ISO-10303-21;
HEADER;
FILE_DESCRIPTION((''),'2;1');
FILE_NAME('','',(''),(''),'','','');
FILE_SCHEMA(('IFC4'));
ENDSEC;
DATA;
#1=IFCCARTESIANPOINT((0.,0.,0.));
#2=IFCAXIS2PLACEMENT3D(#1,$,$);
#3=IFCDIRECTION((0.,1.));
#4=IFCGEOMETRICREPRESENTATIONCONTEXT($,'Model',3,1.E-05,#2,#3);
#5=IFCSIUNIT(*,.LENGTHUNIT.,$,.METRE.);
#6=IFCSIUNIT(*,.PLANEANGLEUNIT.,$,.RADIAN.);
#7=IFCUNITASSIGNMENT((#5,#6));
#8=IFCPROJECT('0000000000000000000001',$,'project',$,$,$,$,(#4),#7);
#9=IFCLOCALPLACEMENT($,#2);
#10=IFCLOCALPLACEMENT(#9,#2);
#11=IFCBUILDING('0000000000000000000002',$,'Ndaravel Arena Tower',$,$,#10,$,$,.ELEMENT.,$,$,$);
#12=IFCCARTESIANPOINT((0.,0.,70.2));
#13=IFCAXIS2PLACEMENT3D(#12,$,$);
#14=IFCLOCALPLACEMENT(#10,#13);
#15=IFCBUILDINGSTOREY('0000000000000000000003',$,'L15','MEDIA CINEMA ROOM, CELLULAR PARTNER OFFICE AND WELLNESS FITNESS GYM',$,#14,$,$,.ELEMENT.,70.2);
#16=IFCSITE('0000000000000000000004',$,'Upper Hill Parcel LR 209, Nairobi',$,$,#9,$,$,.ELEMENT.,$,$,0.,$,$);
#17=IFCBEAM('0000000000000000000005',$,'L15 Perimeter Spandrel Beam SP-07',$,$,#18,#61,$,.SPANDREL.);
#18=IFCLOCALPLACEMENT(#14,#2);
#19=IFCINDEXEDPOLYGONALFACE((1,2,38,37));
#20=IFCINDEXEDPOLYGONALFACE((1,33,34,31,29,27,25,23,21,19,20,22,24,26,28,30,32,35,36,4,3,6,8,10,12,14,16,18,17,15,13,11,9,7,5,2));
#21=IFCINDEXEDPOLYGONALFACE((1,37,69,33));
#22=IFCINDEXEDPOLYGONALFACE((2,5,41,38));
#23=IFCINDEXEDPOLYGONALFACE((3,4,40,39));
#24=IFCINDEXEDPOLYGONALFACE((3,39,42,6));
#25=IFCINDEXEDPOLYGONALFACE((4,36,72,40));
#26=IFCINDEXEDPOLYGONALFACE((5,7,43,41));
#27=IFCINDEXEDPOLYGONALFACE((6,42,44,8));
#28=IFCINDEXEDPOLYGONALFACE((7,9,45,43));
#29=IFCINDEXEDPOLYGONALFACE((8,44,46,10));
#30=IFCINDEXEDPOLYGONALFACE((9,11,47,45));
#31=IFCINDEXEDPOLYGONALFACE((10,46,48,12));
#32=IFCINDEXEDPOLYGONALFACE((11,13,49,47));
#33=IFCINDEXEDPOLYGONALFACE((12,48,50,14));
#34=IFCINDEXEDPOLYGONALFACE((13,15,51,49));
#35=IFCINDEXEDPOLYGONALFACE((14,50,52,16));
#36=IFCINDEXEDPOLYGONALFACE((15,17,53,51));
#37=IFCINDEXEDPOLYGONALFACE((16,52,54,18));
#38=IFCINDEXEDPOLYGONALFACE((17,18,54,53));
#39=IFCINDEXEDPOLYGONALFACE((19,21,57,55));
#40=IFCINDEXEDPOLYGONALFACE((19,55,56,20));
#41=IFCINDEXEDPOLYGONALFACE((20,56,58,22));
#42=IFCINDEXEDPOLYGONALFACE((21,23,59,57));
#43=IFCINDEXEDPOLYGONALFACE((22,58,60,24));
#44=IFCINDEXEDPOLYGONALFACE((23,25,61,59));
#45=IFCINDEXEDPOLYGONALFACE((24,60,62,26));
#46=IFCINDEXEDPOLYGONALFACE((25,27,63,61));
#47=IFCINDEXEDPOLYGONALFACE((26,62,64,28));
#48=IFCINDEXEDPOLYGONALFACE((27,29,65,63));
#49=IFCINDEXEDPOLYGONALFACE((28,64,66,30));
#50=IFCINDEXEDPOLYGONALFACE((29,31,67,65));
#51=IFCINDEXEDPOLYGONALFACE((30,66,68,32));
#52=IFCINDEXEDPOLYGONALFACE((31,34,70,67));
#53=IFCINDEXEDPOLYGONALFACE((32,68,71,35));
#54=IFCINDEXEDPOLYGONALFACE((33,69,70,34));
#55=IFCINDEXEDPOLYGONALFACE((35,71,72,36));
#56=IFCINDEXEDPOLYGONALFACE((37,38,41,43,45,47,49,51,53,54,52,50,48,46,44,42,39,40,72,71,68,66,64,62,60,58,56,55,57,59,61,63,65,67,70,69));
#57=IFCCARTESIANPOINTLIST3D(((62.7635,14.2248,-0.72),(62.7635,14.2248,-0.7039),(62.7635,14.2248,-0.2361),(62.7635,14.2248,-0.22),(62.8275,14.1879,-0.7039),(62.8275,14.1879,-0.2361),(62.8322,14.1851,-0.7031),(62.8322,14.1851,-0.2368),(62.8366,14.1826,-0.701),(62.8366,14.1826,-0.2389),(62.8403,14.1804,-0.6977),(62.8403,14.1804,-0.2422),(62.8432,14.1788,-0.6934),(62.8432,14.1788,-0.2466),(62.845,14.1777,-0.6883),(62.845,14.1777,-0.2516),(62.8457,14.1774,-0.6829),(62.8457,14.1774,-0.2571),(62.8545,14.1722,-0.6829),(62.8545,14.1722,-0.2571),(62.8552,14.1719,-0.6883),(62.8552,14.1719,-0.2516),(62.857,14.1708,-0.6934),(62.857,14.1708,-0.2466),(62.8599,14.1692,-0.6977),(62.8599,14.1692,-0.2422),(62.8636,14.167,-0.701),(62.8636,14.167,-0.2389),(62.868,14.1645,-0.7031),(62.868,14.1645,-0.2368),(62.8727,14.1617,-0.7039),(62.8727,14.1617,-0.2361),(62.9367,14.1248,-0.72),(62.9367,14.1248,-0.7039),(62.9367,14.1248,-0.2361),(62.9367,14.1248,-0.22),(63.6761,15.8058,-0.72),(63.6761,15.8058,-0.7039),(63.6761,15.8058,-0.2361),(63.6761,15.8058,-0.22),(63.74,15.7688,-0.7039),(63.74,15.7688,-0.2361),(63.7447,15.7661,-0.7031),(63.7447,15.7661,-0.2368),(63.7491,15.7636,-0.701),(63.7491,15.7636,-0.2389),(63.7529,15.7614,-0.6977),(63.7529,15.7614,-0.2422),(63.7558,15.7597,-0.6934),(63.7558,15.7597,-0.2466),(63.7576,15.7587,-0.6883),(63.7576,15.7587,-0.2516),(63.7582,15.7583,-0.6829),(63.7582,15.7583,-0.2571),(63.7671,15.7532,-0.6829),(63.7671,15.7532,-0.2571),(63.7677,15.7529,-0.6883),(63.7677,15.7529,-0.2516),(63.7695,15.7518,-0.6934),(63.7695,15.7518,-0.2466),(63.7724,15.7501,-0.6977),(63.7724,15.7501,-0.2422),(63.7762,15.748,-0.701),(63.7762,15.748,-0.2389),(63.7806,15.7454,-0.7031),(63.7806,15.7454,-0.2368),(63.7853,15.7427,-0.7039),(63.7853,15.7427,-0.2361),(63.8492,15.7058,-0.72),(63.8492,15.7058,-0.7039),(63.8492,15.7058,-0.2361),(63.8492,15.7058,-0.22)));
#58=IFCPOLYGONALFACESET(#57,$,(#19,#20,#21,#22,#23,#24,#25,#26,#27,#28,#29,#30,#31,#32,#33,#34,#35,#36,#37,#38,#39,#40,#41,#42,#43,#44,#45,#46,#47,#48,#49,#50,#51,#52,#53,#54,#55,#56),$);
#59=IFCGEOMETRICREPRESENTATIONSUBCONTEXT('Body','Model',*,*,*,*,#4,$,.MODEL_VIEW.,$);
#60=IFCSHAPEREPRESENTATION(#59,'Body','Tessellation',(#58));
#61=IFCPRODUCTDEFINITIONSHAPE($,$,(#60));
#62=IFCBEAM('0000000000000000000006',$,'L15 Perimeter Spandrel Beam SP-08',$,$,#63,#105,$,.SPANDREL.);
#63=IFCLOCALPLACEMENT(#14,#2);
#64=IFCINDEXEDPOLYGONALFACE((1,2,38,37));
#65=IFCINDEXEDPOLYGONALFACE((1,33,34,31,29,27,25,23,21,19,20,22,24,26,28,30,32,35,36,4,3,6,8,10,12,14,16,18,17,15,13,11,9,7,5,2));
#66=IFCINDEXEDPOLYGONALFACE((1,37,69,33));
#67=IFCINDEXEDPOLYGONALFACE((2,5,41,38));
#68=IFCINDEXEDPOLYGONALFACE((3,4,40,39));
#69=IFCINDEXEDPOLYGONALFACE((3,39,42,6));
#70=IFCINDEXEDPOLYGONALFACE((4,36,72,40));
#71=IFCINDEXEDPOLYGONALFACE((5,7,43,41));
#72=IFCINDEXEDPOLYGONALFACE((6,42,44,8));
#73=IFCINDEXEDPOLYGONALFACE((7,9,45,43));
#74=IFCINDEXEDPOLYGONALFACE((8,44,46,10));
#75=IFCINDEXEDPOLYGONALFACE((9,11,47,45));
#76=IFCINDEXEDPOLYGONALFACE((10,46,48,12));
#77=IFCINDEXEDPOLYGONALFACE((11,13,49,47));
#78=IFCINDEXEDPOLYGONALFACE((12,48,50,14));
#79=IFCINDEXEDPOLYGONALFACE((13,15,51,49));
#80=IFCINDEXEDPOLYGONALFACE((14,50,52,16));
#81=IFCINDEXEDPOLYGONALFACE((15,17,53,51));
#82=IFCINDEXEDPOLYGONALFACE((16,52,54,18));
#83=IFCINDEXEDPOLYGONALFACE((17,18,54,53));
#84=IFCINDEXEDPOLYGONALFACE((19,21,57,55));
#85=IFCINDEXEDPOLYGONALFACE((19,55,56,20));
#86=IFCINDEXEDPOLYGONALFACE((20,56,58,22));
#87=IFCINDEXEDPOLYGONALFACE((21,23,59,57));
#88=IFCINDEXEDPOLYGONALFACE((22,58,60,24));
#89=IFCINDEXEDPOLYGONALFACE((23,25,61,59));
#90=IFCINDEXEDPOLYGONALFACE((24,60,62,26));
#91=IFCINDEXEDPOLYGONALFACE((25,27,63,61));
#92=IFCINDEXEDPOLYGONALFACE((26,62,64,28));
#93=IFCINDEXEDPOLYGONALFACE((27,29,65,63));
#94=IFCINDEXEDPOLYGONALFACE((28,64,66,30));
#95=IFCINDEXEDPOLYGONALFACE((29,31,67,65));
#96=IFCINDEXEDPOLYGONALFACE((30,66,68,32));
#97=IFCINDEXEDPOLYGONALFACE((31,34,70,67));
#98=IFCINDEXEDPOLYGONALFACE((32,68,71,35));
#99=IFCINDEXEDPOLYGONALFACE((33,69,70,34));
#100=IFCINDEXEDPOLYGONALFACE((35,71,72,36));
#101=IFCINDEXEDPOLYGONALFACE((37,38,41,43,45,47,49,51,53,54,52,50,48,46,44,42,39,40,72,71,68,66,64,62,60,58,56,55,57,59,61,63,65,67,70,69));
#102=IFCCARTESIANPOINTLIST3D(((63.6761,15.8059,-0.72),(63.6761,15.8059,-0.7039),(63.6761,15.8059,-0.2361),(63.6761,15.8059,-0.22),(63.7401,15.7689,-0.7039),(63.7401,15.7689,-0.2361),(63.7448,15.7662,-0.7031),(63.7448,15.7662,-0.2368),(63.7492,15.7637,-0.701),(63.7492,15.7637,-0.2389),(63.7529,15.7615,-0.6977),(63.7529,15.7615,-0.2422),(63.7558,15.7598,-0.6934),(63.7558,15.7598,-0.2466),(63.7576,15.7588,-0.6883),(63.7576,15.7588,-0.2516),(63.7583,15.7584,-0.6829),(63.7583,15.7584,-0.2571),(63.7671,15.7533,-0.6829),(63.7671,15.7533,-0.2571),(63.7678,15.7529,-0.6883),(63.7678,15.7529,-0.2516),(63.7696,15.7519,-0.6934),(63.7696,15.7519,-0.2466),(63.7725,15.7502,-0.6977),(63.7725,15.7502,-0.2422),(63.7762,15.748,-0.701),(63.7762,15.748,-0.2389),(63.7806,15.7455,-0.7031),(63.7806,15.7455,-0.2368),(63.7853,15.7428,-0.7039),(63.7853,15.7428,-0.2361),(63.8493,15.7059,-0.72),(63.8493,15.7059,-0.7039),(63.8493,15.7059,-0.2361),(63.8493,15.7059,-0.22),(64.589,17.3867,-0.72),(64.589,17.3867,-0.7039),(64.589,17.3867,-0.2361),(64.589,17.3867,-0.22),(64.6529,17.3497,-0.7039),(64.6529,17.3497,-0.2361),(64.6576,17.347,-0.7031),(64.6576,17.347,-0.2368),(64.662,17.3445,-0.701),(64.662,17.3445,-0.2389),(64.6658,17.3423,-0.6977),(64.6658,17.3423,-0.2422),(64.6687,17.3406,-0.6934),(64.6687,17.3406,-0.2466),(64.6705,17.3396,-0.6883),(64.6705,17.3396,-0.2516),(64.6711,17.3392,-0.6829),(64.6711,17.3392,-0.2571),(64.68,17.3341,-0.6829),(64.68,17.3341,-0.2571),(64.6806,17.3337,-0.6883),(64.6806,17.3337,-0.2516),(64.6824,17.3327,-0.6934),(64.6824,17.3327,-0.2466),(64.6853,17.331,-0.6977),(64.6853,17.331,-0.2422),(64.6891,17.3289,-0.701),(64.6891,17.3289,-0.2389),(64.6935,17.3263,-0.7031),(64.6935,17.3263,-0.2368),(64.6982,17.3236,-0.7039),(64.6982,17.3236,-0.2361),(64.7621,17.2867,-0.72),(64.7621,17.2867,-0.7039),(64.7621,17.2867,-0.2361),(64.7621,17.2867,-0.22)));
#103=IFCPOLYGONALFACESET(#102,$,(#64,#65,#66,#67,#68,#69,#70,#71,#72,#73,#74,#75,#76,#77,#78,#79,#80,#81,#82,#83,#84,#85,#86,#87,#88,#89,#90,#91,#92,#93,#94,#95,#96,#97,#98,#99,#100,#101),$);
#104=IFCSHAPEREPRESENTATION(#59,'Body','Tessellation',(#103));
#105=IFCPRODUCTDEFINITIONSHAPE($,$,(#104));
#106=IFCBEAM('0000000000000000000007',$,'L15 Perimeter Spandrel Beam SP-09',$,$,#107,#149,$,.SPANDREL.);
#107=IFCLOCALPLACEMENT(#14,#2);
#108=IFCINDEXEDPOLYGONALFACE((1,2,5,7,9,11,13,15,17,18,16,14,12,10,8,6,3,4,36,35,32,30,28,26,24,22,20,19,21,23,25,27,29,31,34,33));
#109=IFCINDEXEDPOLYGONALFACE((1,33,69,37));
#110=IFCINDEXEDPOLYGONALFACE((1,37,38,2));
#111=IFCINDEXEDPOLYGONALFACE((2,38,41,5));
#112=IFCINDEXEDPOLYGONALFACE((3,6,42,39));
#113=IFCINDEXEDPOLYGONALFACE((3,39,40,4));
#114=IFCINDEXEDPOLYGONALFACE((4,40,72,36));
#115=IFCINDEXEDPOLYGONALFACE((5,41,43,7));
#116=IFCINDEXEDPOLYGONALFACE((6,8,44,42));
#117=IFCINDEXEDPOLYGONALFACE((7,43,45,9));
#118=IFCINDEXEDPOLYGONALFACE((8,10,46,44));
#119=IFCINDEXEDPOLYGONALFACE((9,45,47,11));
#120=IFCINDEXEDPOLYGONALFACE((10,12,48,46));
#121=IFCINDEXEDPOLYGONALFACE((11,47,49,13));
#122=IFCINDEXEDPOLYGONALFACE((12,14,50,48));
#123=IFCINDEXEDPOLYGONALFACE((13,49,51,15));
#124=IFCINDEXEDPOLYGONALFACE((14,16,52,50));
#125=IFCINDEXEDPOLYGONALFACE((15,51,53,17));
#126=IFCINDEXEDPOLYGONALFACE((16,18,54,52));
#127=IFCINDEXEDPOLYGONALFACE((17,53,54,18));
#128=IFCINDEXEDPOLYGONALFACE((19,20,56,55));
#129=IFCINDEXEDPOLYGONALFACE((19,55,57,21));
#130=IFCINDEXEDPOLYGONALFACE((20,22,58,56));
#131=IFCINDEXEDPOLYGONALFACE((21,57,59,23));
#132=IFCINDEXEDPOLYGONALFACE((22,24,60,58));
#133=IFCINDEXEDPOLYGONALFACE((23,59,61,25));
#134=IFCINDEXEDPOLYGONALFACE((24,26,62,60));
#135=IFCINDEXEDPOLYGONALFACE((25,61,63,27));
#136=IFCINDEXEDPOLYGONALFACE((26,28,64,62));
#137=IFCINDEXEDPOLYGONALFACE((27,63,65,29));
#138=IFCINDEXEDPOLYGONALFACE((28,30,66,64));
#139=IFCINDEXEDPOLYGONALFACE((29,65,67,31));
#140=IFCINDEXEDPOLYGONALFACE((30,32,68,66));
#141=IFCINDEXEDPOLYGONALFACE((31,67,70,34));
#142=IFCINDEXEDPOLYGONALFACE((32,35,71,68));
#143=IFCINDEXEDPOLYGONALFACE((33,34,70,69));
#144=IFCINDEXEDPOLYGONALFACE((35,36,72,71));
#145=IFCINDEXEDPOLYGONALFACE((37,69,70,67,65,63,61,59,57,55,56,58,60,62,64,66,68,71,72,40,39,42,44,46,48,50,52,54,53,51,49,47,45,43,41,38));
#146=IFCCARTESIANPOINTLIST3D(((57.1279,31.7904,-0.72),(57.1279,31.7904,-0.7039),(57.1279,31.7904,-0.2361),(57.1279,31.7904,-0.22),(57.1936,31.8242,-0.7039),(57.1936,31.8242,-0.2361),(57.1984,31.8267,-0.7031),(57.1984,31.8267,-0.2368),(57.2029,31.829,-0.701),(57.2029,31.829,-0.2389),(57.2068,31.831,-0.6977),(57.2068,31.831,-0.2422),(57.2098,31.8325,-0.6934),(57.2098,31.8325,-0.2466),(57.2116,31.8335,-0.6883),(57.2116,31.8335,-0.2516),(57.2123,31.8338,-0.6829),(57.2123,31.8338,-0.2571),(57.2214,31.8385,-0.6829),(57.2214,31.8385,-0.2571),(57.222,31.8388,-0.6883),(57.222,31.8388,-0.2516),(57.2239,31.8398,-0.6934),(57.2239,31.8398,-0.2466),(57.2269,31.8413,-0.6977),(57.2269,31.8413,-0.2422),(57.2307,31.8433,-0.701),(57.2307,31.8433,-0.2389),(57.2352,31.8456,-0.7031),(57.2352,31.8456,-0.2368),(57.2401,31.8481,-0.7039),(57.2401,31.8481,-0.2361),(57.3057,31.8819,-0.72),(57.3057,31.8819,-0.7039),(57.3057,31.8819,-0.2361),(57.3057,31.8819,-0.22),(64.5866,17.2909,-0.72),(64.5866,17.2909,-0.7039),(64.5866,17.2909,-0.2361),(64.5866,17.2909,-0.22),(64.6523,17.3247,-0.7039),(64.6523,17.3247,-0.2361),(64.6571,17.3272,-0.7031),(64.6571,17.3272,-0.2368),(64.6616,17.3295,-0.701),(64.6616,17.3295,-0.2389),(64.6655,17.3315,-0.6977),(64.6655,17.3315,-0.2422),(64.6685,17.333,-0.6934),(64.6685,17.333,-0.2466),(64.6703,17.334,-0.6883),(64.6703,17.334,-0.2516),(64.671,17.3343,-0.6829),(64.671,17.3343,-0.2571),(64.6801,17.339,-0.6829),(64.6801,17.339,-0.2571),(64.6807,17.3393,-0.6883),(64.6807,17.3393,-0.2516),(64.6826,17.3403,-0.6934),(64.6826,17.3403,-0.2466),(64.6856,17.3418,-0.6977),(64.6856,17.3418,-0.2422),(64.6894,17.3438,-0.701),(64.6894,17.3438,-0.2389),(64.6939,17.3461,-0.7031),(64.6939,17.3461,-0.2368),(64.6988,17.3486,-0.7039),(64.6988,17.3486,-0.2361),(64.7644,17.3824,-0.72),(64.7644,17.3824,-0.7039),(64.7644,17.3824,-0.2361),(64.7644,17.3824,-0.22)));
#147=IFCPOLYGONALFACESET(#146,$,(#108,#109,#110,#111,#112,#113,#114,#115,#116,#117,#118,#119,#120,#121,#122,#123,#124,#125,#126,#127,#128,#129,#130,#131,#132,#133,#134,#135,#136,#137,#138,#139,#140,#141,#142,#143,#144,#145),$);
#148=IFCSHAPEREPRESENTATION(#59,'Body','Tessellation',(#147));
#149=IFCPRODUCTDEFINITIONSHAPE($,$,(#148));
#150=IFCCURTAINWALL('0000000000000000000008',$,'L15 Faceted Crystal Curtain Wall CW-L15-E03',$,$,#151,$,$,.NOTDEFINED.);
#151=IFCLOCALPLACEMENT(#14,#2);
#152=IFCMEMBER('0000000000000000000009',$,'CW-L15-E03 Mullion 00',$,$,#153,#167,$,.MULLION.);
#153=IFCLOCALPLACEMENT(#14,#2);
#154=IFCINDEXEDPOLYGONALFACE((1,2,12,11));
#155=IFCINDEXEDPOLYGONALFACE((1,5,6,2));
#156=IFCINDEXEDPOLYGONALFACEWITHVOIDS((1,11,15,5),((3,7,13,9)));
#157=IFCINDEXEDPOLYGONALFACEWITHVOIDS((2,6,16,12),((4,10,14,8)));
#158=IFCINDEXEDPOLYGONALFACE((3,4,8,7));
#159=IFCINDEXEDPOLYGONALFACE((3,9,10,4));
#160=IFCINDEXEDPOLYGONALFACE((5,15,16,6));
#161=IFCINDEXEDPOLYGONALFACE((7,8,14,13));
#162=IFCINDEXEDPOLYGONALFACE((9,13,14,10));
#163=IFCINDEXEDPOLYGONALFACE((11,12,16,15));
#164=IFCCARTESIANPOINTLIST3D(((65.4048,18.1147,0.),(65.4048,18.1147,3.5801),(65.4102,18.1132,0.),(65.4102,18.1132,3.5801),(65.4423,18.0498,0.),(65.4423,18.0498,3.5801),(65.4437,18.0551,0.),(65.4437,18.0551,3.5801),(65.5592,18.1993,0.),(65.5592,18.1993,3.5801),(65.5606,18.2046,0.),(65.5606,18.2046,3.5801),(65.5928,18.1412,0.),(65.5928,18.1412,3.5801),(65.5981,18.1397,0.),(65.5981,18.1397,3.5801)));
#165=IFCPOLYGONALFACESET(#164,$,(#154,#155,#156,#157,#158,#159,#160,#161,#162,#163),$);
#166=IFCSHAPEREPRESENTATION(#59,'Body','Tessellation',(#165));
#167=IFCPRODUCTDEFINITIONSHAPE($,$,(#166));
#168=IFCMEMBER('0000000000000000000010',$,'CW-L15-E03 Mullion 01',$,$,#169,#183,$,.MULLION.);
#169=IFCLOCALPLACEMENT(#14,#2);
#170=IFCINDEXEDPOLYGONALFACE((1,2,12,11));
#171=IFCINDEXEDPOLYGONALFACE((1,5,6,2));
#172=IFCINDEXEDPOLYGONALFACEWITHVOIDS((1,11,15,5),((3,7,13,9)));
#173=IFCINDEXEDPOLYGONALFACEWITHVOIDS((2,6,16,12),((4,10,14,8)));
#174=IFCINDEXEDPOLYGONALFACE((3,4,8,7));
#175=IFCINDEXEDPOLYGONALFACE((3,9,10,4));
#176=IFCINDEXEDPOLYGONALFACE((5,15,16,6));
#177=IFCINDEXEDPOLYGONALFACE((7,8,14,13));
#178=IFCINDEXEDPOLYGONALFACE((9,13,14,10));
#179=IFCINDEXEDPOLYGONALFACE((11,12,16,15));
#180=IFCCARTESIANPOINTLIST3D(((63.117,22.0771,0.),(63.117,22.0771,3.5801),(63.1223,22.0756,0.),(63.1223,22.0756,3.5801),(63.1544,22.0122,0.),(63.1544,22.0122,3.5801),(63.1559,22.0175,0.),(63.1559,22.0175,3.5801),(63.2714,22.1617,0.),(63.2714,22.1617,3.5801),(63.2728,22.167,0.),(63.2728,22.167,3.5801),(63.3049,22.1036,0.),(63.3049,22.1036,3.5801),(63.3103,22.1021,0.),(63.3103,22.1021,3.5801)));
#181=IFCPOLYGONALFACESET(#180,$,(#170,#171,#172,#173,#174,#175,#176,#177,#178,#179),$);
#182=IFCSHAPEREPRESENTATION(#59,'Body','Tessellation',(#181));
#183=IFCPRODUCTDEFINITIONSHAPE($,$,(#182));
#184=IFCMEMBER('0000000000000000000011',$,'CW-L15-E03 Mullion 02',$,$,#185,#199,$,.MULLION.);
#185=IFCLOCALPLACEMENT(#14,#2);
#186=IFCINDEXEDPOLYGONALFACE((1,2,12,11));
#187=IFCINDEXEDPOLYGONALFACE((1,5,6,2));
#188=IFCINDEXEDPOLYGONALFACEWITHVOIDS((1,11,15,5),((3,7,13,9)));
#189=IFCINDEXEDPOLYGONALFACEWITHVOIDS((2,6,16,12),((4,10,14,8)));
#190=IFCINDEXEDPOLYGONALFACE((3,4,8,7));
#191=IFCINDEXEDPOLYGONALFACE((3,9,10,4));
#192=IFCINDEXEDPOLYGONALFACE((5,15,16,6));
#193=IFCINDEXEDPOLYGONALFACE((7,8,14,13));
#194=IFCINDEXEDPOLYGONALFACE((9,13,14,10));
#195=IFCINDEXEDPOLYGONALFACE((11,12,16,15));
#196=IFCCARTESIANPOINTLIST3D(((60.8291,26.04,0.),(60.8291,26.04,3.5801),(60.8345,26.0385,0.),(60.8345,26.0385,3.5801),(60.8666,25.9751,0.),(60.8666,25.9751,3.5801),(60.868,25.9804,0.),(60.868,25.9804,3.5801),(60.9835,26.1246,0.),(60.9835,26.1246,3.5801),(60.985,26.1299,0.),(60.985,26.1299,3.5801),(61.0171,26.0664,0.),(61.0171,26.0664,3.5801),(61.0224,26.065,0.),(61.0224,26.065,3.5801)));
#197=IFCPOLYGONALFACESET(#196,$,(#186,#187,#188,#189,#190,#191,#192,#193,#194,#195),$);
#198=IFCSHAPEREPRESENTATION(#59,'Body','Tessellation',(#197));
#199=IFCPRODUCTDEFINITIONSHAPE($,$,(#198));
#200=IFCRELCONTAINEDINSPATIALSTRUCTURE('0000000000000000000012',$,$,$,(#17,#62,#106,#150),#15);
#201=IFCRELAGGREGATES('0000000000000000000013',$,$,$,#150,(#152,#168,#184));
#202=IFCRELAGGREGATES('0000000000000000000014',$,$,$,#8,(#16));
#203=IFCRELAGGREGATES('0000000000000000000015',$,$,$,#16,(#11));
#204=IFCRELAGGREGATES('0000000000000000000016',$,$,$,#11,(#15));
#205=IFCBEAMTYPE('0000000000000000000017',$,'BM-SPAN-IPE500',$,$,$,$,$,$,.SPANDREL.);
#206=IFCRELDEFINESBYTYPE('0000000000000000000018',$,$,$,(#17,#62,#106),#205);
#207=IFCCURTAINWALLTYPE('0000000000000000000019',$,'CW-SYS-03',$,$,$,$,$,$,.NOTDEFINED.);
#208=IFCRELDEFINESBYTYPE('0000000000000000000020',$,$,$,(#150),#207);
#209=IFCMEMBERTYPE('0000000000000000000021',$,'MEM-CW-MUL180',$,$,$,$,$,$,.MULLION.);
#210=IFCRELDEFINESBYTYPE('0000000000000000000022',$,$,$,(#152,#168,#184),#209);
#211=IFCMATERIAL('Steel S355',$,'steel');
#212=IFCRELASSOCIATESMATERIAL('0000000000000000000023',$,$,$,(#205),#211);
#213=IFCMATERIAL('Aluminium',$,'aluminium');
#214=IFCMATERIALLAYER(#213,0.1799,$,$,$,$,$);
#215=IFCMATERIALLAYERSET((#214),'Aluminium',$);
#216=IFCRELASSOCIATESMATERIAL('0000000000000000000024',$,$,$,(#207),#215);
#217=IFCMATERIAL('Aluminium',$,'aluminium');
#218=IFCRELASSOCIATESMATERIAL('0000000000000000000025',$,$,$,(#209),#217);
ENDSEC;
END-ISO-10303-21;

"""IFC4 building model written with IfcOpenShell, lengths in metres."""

from ifc_helpers import new_model, si_unit, direction, frame, origin, origin_2d, place, context, subcontext, project, spatial, hollow_rectangle, i_section, extrude, material, layer, layer_set, material_profile, profile_set, type_object, element, aggregate, save


model = new_model("IFC4")

# Units and contexts
model_context = context("Model", 3, precision=1e-05, world=origin(), true_north=direction((0.0, 1.0)))
body_context = subcontext(model_context, "Body", "Model", "MODEL_VIEW")
ifc_project = project(units=[si_unit("LENGTHUNIT", "METRE"), si_unit("PLANEANGLEUNIT", "RADIAN")], contexts=[model_context])

# Site, building, storey
site_placement = place(None, origin())
site = spatial("IfcSite", under=ifc_project, at=site_placement, Name="Upper Hill Parcel LR 209, Nairobi", CompositionType="ELEMENT", RefElevation=0.0)
building_placement = place(site_placement, origin())
building = spatial("IfcBuilding", under=site, at=building_placement, Name="Ndaravel Arena Tower", CompositionType="ELEMENT")
storey_placement = place(building_placement, frame((0.0, 0.0, 70.2)))
storey = spatial("IfcBuildingStorey", under=building, at=storey_placement, Name="L15", Description="MEDIA CINEMA ROOM, CELLULAR PARTNER OFFICE AND WELLNESS FITNESS GYM", CompositionType="ELEMENT", Elevation=70.2)

# Beams
ifc_material_1 = material(Name="Steel S355", Category="steel")
ifc_material_profile_1 = material_profile(ifc_material_1, i_section(OverallWidth=0.2, OverallDepth=0.5, WebThickness=0.0103, FlangeThickness=0.0161, FilletRadius=0.021, at=origin_2d()), Name="IPE 500")
ifc_profile_set_1 = profile_set([ifc_material_profile_1], Name="Steel S355")
beam_type_1 = type_object("IfcBeamType", Name="BM-SPAN-IPE500", PredefinedType="SPANDREL", material=ifc_profile_set_1)
for number, where, z_axis, x_axis, name in (
    (1, (62.8501, 14.1748, -0.47), (0.499908, 0.866079, 0.0), (-0.866079, 0.499908, 0.0), "L15 Perimeter Spandrel Beam SP-07"),
    (2, (63.7627, 15.7559, -0.47), (0.500066, 0.865987, 0.0), (-0.865987, 0.500066, 0.0), "L15 Perimeter Spandrel Beam SP-08"),
):
    element("IfcBeam", number, at=place(storey_placement, frame(where, z_axis=z_axis, x_axis=x_axis)), inside=storey, type_object=beam_type_1, Name=name, PredefinedType="SPANDREL", context=body_context, shape_type="SweptSolid", body=[
        extrude(i_section(OverallWidth=0.2, OverallDepth=0.5, WebThickness=0.0103, FlangeThickness=0.0161, FilletRadius=0.021, at=origin_2d()), origin(), (0.0, 0.0, 1.0), 1.8254),
    ])
beam_1_placement = place(storey_placement, frame((64.6755, 17.3367, -0.47), z_axis=(-0.457438, 0.889242, 0.0), x_axis=(-0.889242, -0.457438, 0.0)))
element("IfcBeam", 3, at=beam_1_placement, inside=storey, type_object=beam_type_1, Name="L15 Perimeter Spandrel Beam SP-09", PredefinedType="SPANDREL", context=body_context, shape_type="SweptSolid", body=[
    extrude(i_section(OverallWidth=0.2, OverallDepth=0.5, WebThickness=0.0103, FlangeThickness=0.0161, FilletRadius=0.021, at=origin_2d()), origin(), (0.0, 0.0, 1.0), 16.3054),
])

# Curtain wall, members
ifc_material_2 = material(Name="Aluminium", Category="aluminium")
ifc_layer_1 = layer(ifc_material_2, 0.1799)
ifc_layer_set_1 = layer_set([ifc_layer_1], Name="Aluminium")
curtain_wall_type_1 = type_object("IfcCurtainWallType", Name="CW-SYS-03", PredefinedType="NOTDEFINED", material=ifc_layer_set_1)
curtain_wall_1_placement = place(storey_placement, origin())
curtain_wall_1 = element("IfcCurtainWall", 4, at=curtain_wall_1_placement, inside=storey, type_object=curtain_wall_type_1, Name="L15 Faceted Crystal Curtain Wall CW-L15-E03", PredefinedType="NOTDEFINED")
ifc_material_3 = material(Name="Aluminium", Category="aluminium")
ifc_material_profile_2 = material_profile(ifc_material_3, hollow_rectangle(XDim=0.075, YDim=0.1799, WallThickness=0.0039, at=origin_2d()), Name="CW MULLION 75x180x4")
ifc_profile_set_2 = profile_set([ifc_material_profile_2], Name="Aluminium")
member_type_1 = type_object("IfcMemberType", Name="MEM-CW-MUL180", PredefinedType="MULLION", material=ifc_profile_set_2)
member_1_placement = place(storey_placement, frame((65.5015, 18.1272, 0.0), z_axis=(0.0, 0.0, 1.0), x_axis=(-0.5, 0.866025, 0.0)))
member_1 = element("IfcMember", 5, at=member_1_placement, type_object=member_type_1, Name="CW-L15-E03 Mullion 00", PredefinedType="MULLION", context=body_context, shape_type="SweptSolid", body=[
    extrude(hollow_rectangle(XDim=0.075, YDim=0.1799, WallThickness=0.0039, at=origin_2d()), origin(), (0.0, 0.0, 1.0), 3.5801),
])
member_2_placement = place(storey_placement, frame((63.2136, 22.0896, 0.0), z_axis=(0.0, 0.0, 1.0), x_axis=(-0.5, 0.866025, 0.0)))
member_2 = element("IfcMember", 6, at=member_2_placement, type_object=member_type_1, Name="CW-L15-E03 Mullion 01", PredefinedType="MULLION", context=body_context, shape_type="SweptSolid", body=[
    extrude(hollow_rectangle(XDim=0.075, YDim=0.1799, WallThickness=0.0039, at=origin_2d()), origin(), (0.0, 0.0, 1.0), 3.5801),
])
member_3_placement = place(storey_placement, frame((60.9258, 26.0525, 0.0), z_axis=(0.0, 0.0, 1.0), x_axis=(-0.5, 0.866025, 0.0)))
member_3 = element("IfcMember", 7, at=member_3_placement, type_object=member_type_1, Name="CW-L15-E03 Mullion 02", PredefinedType="MULLION", context=body_context, shape_type="SweptSolid", body=[
    extrude(hollow_rectangle(XDim=0.075, YDim=0.1799, WallThickness=0.0039, at=origin_2d()), origin(), (0.0, 0.0, 1.0), 3.5801),
])

aggregate(curtain_wall_1, [member_1, member_2, member_3])

save(model, "model.ifc")
